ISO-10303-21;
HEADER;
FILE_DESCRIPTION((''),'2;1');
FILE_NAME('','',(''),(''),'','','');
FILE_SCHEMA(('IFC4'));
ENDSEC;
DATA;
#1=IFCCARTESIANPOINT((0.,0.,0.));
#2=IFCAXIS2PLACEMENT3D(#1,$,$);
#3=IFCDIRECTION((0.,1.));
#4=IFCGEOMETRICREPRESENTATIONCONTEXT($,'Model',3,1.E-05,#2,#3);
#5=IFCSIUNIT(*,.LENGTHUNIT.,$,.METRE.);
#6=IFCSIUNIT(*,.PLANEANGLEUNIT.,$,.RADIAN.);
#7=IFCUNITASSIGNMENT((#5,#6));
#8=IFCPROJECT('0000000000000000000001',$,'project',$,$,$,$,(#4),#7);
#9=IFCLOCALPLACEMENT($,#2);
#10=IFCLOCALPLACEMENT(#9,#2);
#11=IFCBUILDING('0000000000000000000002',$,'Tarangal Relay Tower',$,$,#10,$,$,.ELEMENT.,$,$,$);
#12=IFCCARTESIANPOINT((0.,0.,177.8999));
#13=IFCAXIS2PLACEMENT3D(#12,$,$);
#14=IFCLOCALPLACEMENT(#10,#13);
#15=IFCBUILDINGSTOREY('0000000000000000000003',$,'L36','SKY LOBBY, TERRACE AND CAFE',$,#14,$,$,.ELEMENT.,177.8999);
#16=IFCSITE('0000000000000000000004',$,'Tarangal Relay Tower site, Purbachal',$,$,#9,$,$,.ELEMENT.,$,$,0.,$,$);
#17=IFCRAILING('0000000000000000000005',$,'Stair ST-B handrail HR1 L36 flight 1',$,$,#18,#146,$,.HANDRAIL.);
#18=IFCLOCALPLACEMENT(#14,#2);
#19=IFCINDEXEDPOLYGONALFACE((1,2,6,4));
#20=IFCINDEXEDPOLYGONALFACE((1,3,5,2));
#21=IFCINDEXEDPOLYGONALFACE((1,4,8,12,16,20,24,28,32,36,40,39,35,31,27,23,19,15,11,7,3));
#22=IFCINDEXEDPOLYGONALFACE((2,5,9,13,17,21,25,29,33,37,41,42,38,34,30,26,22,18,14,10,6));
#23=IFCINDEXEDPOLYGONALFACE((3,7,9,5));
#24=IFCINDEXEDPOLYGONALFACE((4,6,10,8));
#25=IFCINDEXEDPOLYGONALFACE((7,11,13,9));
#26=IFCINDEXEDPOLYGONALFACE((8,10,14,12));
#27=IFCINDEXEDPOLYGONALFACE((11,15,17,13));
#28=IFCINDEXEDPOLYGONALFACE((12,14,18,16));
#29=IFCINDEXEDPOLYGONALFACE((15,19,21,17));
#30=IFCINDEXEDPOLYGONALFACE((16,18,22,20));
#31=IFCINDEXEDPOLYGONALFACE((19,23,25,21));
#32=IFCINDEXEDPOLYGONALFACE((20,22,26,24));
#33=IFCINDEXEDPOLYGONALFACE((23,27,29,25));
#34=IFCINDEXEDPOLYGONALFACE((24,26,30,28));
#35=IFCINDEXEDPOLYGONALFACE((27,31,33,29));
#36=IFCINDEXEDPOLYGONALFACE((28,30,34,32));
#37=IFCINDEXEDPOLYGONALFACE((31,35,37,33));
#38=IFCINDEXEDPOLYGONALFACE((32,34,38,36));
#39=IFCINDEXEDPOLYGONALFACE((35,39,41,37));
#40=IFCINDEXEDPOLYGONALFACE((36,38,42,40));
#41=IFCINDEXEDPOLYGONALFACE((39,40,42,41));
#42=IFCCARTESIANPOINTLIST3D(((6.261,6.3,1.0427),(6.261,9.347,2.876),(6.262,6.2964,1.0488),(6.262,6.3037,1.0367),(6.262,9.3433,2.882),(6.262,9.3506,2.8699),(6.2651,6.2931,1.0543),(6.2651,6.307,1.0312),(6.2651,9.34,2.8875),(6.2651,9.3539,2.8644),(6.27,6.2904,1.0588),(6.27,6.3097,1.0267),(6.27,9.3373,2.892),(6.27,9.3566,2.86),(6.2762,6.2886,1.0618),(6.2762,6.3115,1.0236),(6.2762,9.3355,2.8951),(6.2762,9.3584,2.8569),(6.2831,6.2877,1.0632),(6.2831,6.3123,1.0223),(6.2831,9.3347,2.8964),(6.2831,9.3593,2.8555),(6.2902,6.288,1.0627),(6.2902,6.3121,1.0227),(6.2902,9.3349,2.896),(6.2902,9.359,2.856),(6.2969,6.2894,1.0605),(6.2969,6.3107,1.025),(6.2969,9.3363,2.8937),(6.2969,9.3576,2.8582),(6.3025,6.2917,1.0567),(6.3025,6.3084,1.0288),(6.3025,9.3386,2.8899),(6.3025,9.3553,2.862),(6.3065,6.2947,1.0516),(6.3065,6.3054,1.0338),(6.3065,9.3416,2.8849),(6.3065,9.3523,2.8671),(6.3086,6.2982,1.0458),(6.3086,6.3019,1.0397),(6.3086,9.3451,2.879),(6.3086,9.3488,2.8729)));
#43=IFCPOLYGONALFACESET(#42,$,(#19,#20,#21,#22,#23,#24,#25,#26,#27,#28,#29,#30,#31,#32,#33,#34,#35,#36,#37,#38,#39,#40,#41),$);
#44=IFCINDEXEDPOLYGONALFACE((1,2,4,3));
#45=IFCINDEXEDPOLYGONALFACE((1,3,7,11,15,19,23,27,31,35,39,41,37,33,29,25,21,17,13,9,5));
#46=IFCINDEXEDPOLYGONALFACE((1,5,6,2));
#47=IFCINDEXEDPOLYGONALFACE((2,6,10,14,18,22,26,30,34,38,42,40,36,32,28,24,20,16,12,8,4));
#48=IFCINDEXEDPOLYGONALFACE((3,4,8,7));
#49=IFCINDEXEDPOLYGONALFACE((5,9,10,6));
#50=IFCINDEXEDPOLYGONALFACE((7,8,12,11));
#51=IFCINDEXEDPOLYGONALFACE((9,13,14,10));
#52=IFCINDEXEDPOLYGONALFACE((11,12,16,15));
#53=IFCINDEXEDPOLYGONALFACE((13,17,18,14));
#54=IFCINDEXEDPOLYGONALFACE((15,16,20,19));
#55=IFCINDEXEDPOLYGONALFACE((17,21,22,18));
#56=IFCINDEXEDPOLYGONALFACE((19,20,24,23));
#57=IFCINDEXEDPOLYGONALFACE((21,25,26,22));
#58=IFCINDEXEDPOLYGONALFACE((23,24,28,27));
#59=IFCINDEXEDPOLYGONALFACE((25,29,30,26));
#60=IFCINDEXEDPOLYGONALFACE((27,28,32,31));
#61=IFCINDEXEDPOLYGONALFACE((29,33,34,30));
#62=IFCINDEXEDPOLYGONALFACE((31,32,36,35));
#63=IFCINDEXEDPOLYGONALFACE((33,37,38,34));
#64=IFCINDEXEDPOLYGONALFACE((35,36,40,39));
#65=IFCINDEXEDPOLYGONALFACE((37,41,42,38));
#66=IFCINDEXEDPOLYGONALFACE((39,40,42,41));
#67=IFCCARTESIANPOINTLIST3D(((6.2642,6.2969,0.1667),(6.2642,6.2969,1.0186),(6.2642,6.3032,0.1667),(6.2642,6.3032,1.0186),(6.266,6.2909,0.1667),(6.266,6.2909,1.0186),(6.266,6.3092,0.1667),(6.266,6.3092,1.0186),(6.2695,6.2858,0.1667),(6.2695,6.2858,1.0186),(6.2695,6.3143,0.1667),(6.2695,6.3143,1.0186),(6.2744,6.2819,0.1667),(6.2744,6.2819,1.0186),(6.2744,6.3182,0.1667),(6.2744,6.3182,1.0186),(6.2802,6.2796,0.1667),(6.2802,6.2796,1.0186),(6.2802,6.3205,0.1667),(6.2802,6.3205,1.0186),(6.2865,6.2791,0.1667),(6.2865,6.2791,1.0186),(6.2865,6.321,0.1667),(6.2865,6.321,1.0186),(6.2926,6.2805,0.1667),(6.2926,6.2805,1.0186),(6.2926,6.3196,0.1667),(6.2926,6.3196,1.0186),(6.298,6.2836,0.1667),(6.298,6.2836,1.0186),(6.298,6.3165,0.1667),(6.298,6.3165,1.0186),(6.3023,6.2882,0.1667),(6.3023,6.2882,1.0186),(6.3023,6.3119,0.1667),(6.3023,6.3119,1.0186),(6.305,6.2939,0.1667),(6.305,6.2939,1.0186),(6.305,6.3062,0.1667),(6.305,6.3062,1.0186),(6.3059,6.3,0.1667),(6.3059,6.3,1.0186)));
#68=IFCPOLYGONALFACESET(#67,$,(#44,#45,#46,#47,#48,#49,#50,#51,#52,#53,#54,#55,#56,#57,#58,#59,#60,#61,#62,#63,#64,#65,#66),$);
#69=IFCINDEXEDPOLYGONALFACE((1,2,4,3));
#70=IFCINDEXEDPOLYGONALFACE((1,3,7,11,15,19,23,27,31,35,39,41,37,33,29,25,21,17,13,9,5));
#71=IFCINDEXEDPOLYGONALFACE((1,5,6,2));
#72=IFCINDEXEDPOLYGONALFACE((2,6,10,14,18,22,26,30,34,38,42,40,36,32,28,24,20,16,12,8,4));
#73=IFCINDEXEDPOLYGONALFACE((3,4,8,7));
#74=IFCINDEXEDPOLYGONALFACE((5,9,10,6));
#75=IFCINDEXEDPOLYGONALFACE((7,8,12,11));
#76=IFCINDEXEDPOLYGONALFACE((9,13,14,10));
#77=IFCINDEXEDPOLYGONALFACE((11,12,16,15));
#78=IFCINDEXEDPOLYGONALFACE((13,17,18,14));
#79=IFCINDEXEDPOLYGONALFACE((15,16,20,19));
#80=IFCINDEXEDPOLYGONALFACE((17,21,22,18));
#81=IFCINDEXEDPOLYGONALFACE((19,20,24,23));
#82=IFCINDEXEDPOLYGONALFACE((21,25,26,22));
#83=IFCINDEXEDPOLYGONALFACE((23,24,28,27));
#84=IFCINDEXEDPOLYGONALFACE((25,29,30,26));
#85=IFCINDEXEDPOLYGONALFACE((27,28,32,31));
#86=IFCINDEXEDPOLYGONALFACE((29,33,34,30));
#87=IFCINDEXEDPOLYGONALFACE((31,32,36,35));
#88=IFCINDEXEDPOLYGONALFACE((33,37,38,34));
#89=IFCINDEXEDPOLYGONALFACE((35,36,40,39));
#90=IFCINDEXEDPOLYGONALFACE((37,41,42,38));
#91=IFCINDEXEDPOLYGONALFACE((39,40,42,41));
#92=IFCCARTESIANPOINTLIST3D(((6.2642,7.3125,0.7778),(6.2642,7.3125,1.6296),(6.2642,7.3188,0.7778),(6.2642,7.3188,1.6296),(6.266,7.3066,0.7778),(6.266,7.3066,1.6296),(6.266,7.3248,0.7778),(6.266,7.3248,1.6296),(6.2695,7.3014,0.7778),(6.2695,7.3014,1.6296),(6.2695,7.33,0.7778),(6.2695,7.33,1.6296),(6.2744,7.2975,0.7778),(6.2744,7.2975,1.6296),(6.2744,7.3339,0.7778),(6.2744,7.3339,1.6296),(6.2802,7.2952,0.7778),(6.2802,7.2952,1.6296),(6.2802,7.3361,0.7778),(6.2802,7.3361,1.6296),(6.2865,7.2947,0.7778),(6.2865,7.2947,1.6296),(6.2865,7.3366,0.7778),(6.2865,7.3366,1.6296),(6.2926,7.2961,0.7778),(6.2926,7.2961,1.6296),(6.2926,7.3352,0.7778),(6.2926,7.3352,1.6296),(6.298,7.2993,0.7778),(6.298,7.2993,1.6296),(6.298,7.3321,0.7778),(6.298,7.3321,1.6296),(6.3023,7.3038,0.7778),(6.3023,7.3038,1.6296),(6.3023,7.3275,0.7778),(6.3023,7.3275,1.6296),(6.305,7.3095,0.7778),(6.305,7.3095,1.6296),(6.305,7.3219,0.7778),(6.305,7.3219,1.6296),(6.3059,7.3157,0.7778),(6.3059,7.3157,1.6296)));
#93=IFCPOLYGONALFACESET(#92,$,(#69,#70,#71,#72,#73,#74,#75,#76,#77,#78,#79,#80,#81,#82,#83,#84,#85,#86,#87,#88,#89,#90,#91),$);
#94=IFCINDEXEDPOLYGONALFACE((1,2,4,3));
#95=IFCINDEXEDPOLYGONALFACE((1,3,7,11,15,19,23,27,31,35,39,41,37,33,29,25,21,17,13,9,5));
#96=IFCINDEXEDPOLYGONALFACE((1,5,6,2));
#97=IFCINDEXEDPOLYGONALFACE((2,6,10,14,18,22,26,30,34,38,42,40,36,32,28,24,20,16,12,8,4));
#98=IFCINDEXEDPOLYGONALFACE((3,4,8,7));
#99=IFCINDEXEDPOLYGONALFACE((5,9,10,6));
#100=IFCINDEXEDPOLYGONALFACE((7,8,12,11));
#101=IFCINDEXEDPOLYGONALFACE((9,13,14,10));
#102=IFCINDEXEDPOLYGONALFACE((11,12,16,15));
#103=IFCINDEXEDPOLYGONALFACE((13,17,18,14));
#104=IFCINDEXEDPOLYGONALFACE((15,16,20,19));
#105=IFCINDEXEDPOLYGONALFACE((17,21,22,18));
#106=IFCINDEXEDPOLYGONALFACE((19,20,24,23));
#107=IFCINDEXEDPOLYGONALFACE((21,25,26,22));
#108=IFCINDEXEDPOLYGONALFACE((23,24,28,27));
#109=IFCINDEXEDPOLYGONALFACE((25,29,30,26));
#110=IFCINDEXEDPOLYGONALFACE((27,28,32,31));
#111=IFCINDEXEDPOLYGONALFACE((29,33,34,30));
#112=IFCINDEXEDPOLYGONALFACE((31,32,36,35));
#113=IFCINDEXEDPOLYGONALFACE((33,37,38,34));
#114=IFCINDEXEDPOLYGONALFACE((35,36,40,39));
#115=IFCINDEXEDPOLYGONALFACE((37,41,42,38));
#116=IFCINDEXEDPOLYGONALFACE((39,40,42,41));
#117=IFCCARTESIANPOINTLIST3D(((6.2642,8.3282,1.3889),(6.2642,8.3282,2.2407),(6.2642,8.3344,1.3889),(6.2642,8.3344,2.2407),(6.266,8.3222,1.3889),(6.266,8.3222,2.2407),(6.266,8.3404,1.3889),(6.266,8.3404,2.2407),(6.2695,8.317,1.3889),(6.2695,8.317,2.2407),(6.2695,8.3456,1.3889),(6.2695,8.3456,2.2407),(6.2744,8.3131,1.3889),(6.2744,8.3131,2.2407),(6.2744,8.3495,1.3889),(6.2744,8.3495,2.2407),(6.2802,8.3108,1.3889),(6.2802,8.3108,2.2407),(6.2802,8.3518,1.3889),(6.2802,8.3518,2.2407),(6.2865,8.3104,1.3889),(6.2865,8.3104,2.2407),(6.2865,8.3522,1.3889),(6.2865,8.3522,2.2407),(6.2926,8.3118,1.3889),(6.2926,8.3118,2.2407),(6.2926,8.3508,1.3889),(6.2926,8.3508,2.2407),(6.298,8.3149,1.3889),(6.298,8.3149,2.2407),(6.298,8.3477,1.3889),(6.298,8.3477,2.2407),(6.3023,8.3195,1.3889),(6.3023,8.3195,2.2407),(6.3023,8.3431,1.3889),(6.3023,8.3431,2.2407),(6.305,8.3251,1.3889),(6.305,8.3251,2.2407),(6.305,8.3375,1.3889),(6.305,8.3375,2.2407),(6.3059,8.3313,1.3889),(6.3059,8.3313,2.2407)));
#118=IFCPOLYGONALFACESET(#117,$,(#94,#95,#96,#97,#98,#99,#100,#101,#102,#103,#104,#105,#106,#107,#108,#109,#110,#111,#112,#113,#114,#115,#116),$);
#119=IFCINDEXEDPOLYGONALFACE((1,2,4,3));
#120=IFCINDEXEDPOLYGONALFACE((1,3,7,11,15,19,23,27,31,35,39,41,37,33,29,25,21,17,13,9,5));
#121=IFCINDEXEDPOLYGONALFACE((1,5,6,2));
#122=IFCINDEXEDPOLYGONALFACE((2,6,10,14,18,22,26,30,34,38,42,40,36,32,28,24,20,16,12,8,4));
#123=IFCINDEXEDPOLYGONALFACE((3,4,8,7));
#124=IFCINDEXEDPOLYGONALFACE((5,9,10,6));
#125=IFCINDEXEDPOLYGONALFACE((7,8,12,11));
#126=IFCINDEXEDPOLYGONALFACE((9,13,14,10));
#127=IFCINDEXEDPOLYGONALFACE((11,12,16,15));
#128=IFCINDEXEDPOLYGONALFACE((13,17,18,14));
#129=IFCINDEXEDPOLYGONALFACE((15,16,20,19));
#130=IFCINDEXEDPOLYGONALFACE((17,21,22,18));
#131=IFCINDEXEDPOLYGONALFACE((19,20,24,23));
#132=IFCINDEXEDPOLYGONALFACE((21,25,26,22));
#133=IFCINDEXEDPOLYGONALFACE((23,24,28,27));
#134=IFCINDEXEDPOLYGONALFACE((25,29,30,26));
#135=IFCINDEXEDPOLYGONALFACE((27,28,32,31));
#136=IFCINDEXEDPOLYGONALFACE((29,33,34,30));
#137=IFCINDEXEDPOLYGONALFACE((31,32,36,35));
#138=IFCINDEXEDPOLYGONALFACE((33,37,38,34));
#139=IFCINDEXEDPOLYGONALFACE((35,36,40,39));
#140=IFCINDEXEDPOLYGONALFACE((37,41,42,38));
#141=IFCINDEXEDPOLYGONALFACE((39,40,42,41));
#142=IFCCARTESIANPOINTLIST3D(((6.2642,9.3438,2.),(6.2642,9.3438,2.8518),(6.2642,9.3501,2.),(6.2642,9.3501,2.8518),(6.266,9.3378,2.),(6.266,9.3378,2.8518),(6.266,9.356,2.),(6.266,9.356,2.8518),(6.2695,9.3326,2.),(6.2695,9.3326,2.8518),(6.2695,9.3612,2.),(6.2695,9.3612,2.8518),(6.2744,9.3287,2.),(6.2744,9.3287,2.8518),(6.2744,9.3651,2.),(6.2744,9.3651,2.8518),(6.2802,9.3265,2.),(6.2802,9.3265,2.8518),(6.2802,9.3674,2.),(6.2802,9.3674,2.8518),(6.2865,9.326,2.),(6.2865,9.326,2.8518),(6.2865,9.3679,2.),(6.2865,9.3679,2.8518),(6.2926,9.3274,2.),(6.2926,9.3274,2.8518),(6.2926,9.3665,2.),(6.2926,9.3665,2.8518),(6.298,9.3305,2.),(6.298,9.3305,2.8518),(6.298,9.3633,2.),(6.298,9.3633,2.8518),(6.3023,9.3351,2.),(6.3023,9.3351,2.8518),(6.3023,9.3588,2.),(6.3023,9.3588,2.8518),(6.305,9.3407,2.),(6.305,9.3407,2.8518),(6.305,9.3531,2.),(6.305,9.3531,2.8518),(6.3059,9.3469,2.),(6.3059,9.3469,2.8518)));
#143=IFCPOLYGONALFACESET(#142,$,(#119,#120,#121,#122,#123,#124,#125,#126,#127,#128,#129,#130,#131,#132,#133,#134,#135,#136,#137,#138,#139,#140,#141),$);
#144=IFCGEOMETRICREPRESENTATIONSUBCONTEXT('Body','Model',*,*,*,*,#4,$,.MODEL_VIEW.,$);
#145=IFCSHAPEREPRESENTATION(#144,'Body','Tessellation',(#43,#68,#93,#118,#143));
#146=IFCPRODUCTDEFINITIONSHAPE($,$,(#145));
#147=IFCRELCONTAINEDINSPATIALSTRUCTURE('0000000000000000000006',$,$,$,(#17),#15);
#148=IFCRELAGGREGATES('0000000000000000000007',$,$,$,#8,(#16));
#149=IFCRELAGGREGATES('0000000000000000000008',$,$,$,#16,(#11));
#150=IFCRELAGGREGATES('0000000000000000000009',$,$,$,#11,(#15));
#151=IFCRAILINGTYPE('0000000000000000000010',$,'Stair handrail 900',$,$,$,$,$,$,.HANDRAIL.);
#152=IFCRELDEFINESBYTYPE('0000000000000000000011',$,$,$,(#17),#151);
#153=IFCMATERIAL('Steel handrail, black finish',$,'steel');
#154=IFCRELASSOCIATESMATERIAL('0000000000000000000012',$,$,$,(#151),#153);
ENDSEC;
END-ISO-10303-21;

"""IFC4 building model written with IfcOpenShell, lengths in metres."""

from ifc_helpers import new_model, si_unit, direction, frame, origin, origin_2d, place, context, subcontext, project, spatial, circle, extrude, material, type_object, element, save


model = new_model("IFC4")

# Units and contexts
model_context = context("Model", 3, precision=1e-05, world=origin(), true_north=direction((0.0, 1.0)))
body_context = subcontext(model_context, "Body", "Model", "MODEL_VIEW")
ifc_project = project(units=[si_unit("LENGTHUNIT", "METRE"), si_unit("PLANEANGLEUNIT", "RADIAN")], contexts=[model_context])

# Site, building, storey
site_placement = place(None, origin())
site = spatial("IfcSite", under=ifc_project, at=site_placement, Name="Tarangal Relay Tower site, Purbachal", CompositionType="ELEMENT", RefElevation=0.0)
building_placement = place(site_placement, origin())
building = spatial("IfcBuilding", under=site, at=building_placement, Name="Tarangal Relay Tower", CompositionType="ELEMENT")
storey_placement = place(building_placement, frame((0.0, 0.0, 177.8999)))
storey = spatial("IfcBuildingStorey", under=building, at=storey_placement, Name="L36", Description="SKY LOBBY, TERRACE AND CAFE", CompositionType="ELEMENT", Elevation=177.8999)

# Railing
ifc_material_1 = material(Name="Steel handrail, black finish", Category="steel")
railing_type_1 = type_object("IfcRailingType", Name="Stair handrail 900", PredefinedType="HANDRAIL", material=ifc_material_1)
railing_1_placement = place(storey_placement, frame((6.2849, 6.3, 0.1667)))
element("IfcRailing", 1, at=railing_1_placement, inside=storey, type_object=railing_type_1, Name="Stair ST-B handrail HR1 L36 flight 1", PredefinedType="HANDRAIL", context=body_context, shape_type="SweptSolid", body=[
    extrude(circle(Radius=0.0239, at=origin_2d()), frame((0.0, 0.0, 0.876), z_axis=(0.0, 0.856856, 0.515556), x_axis=(-1.0, 0.0, 0.0)), (0.0, 0.0, 1.0), 3.5559),
    extrude(circle(Radius=0.021, at=origin_2d()), origin(), (0.0, 0.0, 1.0), 0.8518),
    extrude(circle(Radius=0.021, at=origin_2d()), frame((0.0, 1.0156, 0.6111)), (0.0, 0.0, 1.0), 0.8518),
    extrude(circle(Radius=0.021, at=origin_2d()), frame((0.0, 2.0312, 1.2222)), (0.0, 0.0, 1.0), 0.8518),
    extrude(circle(Radius=0.021, at=origin_2d()), frame((0.0, 3.0469, 1.8333)), (0.0, 0.0, 1.0), 0.8518),
])

save(model, "model.ifc")
